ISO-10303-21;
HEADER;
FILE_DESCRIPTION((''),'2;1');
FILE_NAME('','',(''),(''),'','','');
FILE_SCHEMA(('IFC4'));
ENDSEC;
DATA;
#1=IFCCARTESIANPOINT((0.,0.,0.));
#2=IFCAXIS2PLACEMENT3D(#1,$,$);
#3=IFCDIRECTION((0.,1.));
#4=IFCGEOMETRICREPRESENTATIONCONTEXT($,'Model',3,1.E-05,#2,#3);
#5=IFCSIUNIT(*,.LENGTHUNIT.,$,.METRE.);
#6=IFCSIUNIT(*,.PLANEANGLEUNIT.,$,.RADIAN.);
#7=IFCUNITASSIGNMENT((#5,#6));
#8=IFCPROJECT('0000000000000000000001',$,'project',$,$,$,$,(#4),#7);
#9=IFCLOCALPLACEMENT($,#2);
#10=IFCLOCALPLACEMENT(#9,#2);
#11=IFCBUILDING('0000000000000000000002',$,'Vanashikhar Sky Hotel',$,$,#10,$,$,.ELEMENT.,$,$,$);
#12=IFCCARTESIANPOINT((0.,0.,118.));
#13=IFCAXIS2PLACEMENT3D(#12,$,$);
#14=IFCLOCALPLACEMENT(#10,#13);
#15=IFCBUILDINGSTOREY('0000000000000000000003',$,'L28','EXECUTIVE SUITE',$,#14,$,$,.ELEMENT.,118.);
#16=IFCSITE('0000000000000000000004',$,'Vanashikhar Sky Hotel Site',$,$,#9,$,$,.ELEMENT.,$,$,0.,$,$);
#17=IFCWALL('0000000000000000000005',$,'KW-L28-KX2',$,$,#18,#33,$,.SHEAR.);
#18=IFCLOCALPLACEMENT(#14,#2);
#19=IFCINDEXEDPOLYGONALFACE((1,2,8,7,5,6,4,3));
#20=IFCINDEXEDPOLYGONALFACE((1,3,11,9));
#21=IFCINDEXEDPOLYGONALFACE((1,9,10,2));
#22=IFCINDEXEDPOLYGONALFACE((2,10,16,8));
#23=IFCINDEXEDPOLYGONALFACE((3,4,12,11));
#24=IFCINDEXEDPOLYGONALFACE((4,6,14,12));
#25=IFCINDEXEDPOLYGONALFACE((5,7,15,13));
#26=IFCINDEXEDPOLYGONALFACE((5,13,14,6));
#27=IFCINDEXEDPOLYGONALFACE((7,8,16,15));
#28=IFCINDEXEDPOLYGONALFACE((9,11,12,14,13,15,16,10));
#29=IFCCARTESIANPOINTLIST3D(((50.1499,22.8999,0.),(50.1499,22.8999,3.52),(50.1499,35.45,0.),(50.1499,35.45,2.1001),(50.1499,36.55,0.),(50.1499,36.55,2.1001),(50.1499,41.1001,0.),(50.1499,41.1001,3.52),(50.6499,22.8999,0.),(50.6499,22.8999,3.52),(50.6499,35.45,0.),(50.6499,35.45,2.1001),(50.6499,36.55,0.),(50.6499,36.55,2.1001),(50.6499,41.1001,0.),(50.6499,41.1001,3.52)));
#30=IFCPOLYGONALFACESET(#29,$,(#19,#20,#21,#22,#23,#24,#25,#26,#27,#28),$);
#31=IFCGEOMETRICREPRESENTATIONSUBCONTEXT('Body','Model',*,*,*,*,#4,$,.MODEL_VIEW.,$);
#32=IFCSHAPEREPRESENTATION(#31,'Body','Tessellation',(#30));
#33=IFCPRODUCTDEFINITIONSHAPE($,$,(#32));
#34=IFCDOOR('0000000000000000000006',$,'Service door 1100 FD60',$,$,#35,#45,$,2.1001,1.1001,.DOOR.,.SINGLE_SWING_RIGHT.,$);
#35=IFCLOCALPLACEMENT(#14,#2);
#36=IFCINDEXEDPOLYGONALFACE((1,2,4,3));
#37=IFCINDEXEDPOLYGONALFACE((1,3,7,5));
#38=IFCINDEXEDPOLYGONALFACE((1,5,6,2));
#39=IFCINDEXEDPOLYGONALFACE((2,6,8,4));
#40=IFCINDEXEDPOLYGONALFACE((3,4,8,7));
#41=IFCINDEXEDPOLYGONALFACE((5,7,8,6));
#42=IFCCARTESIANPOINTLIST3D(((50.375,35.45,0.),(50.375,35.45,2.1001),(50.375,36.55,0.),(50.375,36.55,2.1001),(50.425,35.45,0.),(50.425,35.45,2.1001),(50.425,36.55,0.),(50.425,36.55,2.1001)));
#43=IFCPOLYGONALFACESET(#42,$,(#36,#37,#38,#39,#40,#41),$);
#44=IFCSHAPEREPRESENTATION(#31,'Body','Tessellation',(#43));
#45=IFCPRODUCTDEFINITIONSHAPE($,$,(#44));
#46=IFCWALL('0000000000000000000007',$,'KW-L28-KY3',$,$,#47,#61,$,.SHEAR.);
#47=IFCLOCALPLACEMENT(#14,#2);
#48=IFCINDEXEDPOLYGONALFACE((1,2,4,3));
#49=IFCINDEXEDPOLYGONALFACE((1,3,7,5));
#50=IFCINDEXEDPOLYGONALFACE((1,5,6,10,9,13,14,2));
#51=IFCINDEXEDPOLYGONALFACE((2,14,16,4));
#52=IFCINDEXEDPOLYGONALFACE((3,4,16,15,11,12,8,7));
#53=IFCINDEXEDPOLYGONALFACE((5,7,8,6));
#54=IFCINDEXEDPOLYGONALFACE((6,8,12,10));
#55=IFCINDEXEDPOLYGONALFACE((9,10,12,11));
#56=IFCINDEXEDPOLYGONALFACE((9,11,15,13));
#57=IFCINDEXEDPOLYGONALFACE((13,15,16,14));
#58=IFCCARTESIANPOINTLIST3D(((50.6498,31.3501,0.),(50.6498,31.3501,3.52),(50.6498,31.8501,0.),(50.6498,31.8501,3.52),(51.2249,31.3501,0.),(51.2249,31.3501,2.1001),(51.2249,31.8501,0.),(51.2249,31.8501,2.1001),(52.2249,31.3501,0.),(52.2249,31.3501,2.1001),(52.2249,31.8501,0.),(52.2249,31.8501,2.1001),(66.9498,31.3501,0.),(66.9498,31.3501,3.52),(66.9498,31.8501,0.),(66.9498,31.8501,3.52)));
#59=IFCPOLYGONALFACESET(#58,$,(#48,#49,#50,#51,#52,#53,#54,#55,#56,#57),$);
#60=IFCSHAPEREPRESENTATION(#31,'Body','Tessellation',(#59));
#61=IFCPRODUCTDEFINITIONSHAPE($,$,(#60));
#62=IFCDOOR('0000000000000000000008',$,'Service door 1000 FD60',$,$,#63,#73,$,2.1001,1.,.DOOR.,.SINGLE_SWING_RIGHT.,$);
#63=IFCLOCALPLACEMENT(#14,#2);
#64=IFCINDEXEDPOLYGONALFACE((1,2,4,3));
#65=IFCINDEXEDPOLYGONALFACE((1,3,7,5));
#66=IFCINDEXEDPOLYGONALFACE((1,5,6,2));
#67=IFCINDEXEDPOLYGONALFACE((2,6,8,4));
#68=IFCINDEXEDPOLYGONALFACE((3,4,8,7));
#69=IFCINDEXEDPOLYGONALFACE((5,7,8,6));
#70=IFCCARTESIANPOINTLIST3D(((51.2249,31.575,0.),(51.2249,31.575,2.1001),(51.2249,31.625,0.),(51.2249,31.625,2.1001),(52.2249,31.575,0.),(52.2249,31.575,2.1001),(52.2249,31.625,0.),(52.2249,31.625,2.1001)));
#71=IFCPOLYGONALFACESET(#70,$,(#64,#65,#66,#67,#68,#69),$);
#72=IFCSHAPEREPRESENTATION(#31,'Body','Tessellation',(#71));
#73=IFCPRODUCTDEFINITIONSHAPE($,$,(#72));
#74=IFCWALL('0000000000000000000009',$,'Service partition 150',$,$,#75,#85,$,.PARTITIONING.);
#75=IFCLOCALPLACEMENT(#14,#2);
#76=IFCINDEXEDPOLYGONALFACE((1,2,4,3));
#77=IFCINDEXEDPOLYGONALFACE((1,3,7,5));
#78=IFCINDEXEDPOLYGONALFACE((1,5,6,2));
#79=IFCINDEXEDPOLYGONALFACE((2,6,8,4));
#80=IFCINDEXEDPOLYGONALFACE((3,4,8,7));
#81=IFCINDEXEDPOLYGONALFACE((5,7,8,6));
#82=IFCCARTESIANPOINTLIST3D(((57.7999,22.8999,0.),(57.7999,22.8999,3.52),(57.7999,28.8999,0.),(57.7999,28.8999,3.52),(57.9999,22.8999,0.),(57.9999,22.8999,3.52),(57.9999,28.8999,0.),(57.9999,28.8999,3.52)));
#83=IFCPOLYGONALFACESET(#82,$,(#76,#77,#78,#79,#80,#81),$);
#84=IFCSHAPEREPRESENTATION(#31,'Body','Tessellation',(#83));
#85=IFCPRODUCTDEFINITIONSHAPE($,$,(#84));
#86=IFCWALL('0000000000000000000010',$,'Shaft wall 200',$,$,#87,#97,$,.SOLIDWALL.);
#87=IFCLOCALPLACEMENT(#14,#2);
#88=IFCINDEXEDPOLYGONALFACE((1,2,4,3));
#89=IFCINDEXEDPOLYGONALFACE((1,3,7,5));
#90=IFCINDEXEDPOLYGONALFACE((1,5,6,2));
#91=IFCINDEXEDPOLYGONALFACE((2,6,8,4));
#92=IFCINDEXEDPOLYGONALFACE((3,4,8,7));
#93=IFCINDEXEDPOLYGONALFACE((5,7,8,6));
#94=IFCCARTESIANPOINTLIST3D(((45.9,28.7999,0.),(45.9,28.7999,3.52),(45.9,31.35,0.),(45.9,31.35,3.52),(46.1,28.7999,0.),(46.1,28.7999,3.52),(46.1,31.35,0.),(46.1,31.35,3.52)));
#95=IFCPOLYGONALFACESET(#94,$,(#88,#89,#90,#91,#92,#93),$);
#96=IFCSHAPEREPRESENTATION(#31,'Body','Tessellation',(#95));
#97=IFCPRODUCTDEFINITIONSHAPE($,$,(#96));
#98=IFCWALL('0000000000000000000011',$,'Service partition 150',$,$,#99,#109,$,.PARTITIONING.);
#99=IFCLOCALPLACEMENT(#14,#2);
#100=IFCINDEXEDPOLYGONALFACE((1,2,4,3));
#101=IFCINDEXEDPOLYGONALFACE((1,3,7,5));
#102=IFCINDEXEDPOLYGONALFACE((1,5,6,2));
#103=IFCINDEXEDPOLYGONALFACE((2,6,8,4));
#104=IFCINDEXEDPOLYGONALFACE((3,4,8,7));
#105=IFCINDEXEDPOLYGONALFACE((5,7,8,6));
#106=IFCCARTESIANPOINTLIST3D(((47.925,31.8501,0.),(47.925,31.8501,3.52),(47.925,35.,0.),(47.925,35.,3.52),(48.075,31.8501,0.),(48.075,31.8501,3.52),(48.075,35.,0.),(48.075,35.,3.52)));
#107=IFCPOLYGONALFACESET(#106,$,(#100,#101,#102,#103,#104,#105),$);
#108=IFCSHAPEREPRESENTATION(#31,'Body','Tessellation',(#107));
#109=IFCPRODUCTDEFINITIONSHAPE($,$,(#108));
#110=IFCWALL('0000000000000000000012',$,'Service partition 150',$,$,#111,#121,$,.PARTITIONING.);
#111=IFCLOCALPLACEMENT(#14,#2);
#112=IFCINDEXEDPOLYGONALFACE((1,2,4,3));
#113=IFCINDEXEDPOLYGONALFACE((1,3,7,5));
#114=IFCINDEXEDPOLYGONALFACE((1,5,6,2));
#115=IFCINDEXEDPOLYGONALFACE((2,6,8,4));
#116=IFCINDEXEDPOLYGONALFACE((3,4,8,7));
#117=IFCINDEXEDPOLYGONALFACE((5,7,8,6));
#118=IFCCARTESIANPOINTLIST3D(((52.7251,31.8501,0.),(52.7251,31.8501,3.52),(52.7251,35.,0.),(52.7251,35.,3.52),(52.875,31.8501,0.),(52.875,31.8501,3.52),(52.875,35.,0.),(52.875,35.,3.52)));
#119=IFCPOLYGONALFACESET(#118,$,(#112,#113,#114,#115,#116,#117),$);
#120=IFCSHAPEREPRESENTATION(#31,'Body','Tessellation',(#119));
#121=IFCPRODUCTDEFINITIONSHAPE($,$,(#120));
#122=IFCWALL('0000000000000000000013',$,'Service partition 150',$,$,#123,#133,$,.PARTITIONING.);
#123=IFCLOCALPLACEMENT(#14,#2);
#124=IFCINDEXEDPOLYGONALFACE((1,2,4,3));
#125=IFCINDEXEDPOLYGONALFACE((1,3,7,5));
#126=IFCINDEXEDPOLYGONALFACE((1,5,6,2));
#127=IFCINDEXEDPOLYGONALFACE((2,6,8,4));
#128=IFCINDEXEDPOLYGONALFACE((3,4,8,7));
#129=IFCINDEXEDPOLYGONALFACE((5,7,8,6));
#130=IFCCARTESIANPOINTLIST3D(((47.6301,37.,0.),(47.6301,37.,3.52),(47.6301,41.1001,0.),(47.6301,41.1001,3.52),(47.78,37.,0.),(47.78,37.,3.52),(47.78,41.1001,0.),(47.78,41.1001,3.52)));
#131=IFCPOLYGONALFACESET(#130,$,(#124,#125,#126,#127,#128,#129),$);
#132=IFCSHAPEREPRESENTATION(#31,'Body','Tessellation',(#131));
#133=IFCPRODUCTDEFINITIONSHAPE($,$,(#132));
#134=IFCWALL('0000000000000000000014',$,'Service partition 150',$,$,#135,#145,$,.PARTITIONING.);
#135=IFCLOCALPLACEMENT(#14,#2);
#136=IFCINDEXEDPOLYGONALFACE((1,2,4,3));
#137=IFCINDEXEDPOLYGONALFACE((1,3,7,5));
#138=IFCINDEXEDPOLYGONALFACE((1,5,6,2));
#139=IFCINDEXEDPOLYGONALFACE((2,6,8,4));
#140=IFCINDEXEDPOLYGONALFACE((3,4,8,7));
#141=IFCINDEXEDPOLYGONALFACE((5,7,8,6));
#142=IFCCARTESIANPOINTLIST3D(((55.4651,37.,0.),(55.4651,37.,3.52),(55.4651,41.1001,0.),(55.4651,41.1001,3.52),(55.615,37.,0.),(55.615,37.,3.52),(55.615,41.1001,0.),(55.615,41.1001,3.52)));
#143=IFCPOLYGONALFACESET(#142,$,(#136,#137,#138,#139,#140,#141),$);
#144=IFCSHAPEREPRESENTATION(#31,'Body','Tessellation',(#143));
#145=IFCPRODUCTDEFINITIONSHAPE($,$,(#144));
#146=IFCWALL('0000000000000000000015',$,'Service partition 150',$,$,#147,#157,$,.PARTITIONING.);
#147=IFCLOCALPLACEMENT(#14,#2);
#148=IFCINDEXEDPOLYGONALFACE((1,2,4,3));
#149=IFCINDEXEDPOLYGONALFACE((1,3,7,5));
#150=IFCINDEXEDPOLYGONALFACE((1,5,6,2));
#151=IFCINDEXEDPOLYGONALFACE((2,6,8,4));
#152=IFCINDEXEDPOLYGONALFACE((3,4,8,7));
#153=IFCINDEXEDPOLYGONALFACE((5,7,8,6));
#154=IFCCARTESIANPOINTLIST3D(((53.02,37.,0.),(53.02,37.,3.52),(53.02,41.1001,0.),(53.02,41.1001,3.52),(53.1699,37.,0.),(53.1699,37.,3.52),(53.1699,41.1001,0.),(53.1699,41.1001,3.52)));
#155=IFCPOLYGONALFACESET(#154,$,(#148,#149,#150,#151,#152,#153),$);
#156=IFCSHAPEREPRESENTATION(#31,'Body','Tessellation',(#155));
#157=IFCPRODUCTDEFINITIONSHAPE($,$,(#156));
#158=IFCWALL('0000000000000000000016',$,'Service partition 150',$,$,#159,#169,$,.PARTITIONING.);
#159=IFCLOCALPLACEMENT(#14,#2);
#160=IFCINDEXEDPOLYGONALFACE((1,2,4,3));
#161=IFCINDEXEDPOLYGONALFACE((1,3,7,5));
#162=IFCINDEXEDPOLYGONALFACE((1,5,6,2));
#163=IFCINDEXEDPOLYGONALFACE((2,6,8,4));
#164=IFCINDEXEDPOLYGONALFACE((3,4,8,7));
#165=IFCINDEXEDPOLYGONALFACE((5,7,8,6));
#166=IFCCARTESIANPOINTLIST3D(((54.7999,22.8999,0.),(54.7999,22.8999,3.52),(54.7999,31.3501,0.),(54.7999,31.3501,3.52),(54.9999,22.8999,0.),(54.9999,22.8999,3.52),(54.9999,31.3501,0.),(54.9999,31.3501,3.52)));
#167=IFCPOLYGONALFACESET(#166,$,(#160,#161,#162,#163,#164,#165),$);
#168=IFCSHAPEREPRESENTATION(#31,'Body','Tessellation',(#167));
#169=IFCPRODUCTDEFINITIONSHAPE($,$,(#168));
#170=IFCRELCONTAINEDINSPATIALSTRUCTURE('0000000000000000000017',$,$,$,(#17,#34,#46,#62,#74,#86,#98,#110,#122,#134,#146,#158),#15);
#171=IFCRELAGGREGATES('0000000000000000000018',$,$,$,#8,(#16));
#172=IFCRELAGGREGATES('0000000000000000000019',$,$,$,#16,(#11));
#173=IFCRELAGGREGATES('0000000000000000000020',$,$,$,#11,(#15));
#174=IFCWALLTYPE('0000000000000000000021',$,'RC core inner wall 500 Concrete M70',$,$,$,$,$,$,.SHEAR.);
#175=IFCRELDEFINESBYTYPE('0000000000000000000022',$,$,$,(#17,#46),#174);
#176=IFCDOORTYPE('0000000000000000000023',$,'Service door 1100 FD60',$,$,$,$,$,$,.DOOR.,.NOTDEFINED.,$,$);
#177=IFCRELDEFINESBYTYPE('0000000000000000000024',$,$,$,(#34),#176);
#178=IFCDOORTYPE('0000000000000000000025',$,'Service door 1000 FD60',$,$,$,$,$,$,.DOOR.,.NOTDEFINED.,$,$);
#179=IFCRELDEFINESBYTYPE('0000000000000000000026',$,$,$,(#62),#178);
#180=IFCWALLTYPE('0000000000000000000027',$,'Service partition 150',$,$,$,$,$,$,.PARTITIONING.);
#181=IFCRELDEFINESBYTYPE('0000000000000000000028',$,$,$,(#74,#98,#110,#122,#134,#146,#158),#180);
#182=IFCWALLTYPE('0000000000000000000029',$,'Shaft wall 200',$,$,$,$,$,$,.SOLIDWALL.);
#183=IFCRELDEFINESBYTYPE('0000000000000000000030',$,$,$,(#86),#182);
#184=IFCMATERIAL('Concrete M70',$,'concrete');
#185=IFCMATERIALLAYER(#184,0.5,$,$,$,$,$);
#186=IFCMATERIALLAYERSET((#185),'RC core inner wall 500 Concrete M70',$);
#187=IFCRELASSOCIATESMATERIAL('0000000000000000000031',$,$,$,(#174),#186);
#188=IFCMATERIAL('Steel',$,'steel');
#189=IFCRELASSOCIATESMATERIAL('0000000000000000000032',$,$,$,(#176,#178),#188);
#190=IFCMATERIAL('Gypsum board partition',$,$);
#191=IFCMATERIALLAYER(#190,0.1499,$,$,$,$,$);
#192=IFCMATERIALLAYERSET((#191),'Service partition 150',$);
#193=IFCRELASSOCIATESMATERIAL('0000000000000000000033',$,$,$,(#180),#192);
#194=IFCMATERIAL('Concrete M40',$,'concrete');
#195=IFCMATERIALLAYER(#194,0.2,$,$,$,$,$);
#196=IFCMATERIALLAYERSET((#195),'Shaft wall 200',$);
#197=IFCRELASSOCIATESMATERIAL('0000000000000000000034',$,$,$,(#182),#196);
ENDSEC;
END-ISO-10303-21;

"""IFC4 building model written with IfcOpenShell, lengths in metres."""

from ifc_helpers import new_model, si_unit, direction, frame, frame_2d, origin, place, context, subcontext, project, spatial, rectangle, extrude, source, transform, mapped, material, layer, layer_set, type_object, element, fill, save


model = new_model("IFC4")

# Units and contexts
model_context = context("Model", 3, precision=1e-05, world=origin(), true_north=direction((0.0, 1.0)))
body_context = subcontext(model_context, "Body", "Model", "MODEL_VIEW")
ifc_project = project(units=[si_unit("LENGTHUNIT", "METRE"), si_unit("PLANEANGLEUNIT", "RADIAN")], contexts=[model_context])

# Site, building, storey
site_placement = place(None, origin())
site = spatial("IfcSite", under=ifc_project, at=site_placement, Name="Vanashikhar Sky Hotel Site", CompositionType="ELEMENT", RefElevation=0.0)
building_placement = place(site_placement, origin())
building = spatial("IfcBuilding", under=site, at=building_placement, Name="Vanashikhar Sky Hotel", CompositionType="ELEMENT")
storey_placement = place(building_placement, frame((0.0, 0.0, 118.0)))
storey = spatial("IfcBuildingStorey", under=building, at=storey_placement, Name="L28", Description="EXECUTIVE SUITE", CompositionType="ELEMENT", Elevation=118.0)

# Walls, openings, doors
ifc_material_1 = material(Name="Concrete M70", Category="concrete")
ifc_layer_1 = layer(ifc_material_1, 0.5)
ifc_layer_set_1 = layer_set([ifc_layer_1], Name="RC core inner wall 500 Concrete M70")
wall_type_1 = type_object("IfcWallType", Name="RC core inner wall 500 Concrete M70", PredefinedType="SHEAR", material=ifc_layer_set_1)
shared_shape_1 = source(origin(), body_context, "Body", "SweptSolid", [
    extrude(rectangle(XDim=18.2002, YDim=0.5, at=frame_2d((9.1001, 0.0))), origin(), (0.0, 0.0, 1.0), 3.52),
])
wall_1_placement = place(storey_placement, frame((50.3999, 22.8999, 0.0), z_axis=(0.0, 0.0, 1.0), x_axis=(0.0, 1.0, 0.0)))
wall_1 = element("IfcWall", 1, at=wall_1_placement, inside=storey, type_object=wall_type_1, Name="KW-L28-KX2", PredefinedType="SHEAR", context=body_context, shape_type="MappedRepresentation", body=[
    mapped(shared_shape_1, transform((0.0, 0.0, 0.0), scale=1.0)),
])
shared_shape_2 = source(origin(), body_context, "Body", "SweptSolid", [
    extrude(rectangle(XDim=1.1001, YDim=2.1001, at=frame_2d((0.55, 1.05))), frame((0.0, 0.26, 0.0), z_axis=(0.0, -1.0, 0.0), x_axis=(1.0, 0.0, 0.0)), (0.0, 0.0, 1.0), 0.52),
])
opening_1_placement = place(wall_1_placement, frame((12.55, 0.0, 0.0)))
opening_1 = element("IfcOpeningElement", 2, at=opening_1_placement, cuts=wall_1, PredefinedType="OPENING", context=body_context, shape_type="MappedRepresentation", body=[
    mapped(shared_shape_2, transform((0.0, 0.0, 0.0), scale=1.0)),
])
ifc_material_2 = material(Name="Steel", Category="steel")
door_type_1 = type_object("IfcDoorType", Name="Service door 1100 FD60", OperationType="NOTDEFINED", PredefinedType="DOOR", material=ifc_material_2)
shared_shape_3 = source(origin(), body_context, "Body", "SweptSolid", [
    extrude(rectangle(XDim=1.1001, YDim=2.1001, at=frame_2d((0.55, 1.05))), frame((0.0, 0.0249, 0.0), z_axis=(0.0, -1.0, 0.0), x_axis=(1.0, 0.0, 0.0)), (0.0, 0.0, 1.0), 0.05),
])
door_1_placement = place(opening_1_placement, origin())
door_1 = element("IfcDoor", 3, at=door_1_placement, inside=storey, type_object=door_type_1, Name="Service door 1100 FD60", OperationType="SINGLE_SWING_RIGHT", OverallHeight=2.1001, OverallWidth=1.1001, PredefinedType="DOOR", context=body_context, shape_type="MappedRepresentation", body=[
    mapped(shared_shape_3, transform((0.0, 0.0, 0.0), scale=1.0)),
])
fill(opening_1, door_1)
shared_shape_4 = source(origin(), body_context, "Body", "SweptSolid", [
    extrude(rectangle(XDim=16.3, YDim=0.5, at=frame_2d((8.1499, 0.0))), origin(), (0.0, 0.0, 1.0), 3.52),
])
wall_2_placement = place(storey_placement, frame((50.6499, 31.6001, 0.0), z_axis=(0.0, 0.0, 1.0), x_axis=(1.0, 0.0, 0.0)))
wall_2 = element("IfcWall", 4, at=wall_2_placement, inside=storey, type_object=wall_type_1, Name="KW-L28-KY3", PredefinedType="SHEAR", context=body_context, shape_type="MappedRepresentation", body=[
    mapped(shared_shape_4, transform((0.0, 0.0, 0.0), scale=1.0)),
])
shared_shape_5 = source(origin(), body_context, "Body", "SweptSolid", [
    extrude(rectangle(XDim=1.0, YDim=2.1001, at=frame_2d((0.5, 1.05))), frame((0.0, 0.26, 0.0), z_axis=(0.0, -1.0, 0.0), x_axis=(1.0, 0.0, 0.0)), (0.0, 0.0, 1.0), 0.52),
])
opening_2_placement = place(wall_2_placement, frame((0.575, 0.0, 0.0)))
opening_2 = element("IfcOpeningElement", 5, at=opening_2_placement, cuts=wall_2, PredefinedType="OPENING", context=body_context, shape_type="MappedRepresentation", body=[
    mapped(shared_shape_5, transform((0.0, 0.0, 0.0), scale=1.0)),
])
door_type_2 = type_object("IfcDoorType", Name="Service door 1000 FD60", OperationType="NOTDEFINED", PredefinedType="DOOR", material=ifc_material_2)
shared_shape_6 = source(origin(), body_context, "Body", "SweptSolid", [
    extrude(rectangle(XDim=1.0, YDim=2.1001, at=frame_2d((0.5, 1.05))), frame((0.0, 0.0249, 0.0), z_axis=(0.0, -1.0, 0.0), x_axis=(1.0, 0.0, 0.0)), (0.0, 0.0, 1.0), 0.05),
])
door_2_placement = place(opening_2_placement, origin())
door_2 = element("IfcDoor", 6, at=door_2_placement, inside=storey, type_object=door_type_2, Name="Service door 1000 FD60", OperationType="SINGLE_SWING_RIGHT", OverallHeight=2.1001, OverallWidth=1.0, PredefinedType="DOOR", context=body_context, shape_type="MappedRepresentation", body=[
    mapped(shared_shape_6, transform((0.0, 0.0, 0.0), scale=1.0)),
])
fill(opening_2, door_2)

# Walls
ifc_material_3 = material(Name="Gypsum board partition")
ifc_layer_2 = layer(ifc_material_3, 0.1499)
ifc_layer_set_2 = layer_set([ifc_layer_2], Name="Service partition 150")
wall_type_2 = type_object("IfcWallType", Name="Service partition 150", PredefinedType="PARTITIONING", material=ifc_layer_set_2)
shared_shape_7 = source(origin(), body_context, "Body", "SweptSolid", [
    extrude(rectangle(XDim=6.0, YDim=0.2, at=frame_2d((3.0, 0.0))), origin(), (0.0, 0.0, 1.0), 3.52),
])
wall_3_placement = place(storey_placement, frame((57.8999, 22.8999, 0.0), z_axis=(0.0, 0.0, 1.0), x_axis=(0.0, 1.0, 0.0)))
element("IfcWall", 7, at=wall_3_placement, inside=storey, type_object=wall_type_2, Name="Service partition 150", PredefinedType="PARTITIONING", context=body_context, shape_type="MappedRepresentation", body=[
    mapped(shared_shape_7, transform((0.0, 0.0, 0.0), scale=1.0)),
])
ifc_material_4 = material(Name="Concrete M40", Category="concrete")
ifc_layer_3 = layer(ifc_material_4, 0.2)
ifc_layer_set_3 = layer_set([ifc_layer_3], Name="Shaft wall 200")
wall_type_3 = type_object("IfcWallType", Name="Shaft wall 200", PredefinedType="SOLIDWALL", material=ifc_layer_set_3)
shared_shape_8 = source(origin(), body_context, "Body", "SweptSolid", [
    extrude(rectangle(XDim=2.55, YDim=0.2, at=frame_2d((1.2749, 0.0))), origin(), (0.0, 0.0, 1.0), 3.52),
])
wall_4_placement = place(storey_placement, frame((46.0, 28.8, 0.0), z_axis=(0.0, 0.0, 1.0), x_axis=(0.0, 1.0, 0.0)))
element("IfcWall", 8, at=wall_4_placement, inside=storey, type_object=wall_type_3, Name="Shaft wall 200", PredefinedType="SOLIDWALL", context=body_context, shape_type="MappedRepresentation", body=[
    mapped(shared_shape_8, transform((0.0, 0.0, 0.0), scale=1.0)),
])
shared_shape_9 = source(origin(), body_context, "Body", "SweptSolid", [
    extrude(rectangle(XDim=3.1499, YDim=0.1499, at=frame_2d((1.575, 0.0))), origin(), (0.0, 0.0, 1.0), 3.52),
])
for number, where, z_axis, x_axis, name in (
    (9, (48.0, 31.8501, 0.0), (0.0, 0.0, 1.0), (0.0, 1.0, 0.0), "Service partition 150"),
    (10, (52.8, 31.8501, 0.0), (0.0, 0.0, 1.0), (0.0, 1.0, 0.0), "Service partition 150"),
):
    element("IfcWall", number, at=place(storey_placement, frame(where, z_axis=z_axis, x_axis=x_axis)), inside=storey, type_object=wall_type_2, Name=name, PredefinedType="PARTITIONING", context=body_context, shape_type="MappedRepresentation", body=[
        mapped(shared_shape_9, transform((0.0, 0.0, 0.0), scale=1.0)),
    ])
shared_shape_10 = source(origin(), body_context, "Body", "SweptSolid", [
    extrude(rectangle(XDim=4.1001, YDim=0.1499, at=frame_2d((2.05, 0.0))), origin(), (0.0, 0.0, 1.0), 3.52),
])
for number, where, z_axis, x_axis, name in (
    (11, (47.7051, 37.0, 0.0), (0.0, 0.0, 1.0), (0.0, 1.0, 0.0), "Service partition 150"),
    (12, (55.54, 37.0, 0.0), (0.0, 0.0, 1.0), (0.0, 1.0, 0.0), "Service partition 150"),
    (13, (53.095, 37.0, 0.0), (0.0, 0.0, 1.0), (0.0, 1.0, 0.0), "Service partition 150"),
):
    element("IfcWall", number, at=place(storey_placement, frame(where, z_axis=z_axis, x_axis=x_axis)), inside=storey, type_object=wall_type_2, Name=name, PredefinedType="PARTITIONING", context=body_context, shape_type="MappedRepresentation", body=[
        mapped(shared_shape_10, transform((0.0, 0.0, 0.0), scale=1.0)),
    ])
shared_shape_11 = source(origin(), body_context, "Body", "SweptSolid", [
    extrude(rectangle(XDim=8.4502, YDim=0.2, at=frame_2d((4.2251, 0.0))), origin(), (0.0, 0.0, 1.0), 3.52),
])
wall_5_placement = place(storey_placement, frame((54.8999, 22.8999, 0.0), z_axis=(0.0, 0.0, 1.0), x_axis=(0.0, 1.0, 0.0)))
element("IfcWall", 14, at=wall_5_placement, inside=storey, type_object=wall_type_2, Name="Service partition 150", PredefinedType="PARTITIONING", context=body_context, shape_type="MappedRepresentation", body=[
    mapped(shared_shape_11, transform((0.0, 0.0, 0.0), scale=1.0)),
])

save(model, "model.ifc")
